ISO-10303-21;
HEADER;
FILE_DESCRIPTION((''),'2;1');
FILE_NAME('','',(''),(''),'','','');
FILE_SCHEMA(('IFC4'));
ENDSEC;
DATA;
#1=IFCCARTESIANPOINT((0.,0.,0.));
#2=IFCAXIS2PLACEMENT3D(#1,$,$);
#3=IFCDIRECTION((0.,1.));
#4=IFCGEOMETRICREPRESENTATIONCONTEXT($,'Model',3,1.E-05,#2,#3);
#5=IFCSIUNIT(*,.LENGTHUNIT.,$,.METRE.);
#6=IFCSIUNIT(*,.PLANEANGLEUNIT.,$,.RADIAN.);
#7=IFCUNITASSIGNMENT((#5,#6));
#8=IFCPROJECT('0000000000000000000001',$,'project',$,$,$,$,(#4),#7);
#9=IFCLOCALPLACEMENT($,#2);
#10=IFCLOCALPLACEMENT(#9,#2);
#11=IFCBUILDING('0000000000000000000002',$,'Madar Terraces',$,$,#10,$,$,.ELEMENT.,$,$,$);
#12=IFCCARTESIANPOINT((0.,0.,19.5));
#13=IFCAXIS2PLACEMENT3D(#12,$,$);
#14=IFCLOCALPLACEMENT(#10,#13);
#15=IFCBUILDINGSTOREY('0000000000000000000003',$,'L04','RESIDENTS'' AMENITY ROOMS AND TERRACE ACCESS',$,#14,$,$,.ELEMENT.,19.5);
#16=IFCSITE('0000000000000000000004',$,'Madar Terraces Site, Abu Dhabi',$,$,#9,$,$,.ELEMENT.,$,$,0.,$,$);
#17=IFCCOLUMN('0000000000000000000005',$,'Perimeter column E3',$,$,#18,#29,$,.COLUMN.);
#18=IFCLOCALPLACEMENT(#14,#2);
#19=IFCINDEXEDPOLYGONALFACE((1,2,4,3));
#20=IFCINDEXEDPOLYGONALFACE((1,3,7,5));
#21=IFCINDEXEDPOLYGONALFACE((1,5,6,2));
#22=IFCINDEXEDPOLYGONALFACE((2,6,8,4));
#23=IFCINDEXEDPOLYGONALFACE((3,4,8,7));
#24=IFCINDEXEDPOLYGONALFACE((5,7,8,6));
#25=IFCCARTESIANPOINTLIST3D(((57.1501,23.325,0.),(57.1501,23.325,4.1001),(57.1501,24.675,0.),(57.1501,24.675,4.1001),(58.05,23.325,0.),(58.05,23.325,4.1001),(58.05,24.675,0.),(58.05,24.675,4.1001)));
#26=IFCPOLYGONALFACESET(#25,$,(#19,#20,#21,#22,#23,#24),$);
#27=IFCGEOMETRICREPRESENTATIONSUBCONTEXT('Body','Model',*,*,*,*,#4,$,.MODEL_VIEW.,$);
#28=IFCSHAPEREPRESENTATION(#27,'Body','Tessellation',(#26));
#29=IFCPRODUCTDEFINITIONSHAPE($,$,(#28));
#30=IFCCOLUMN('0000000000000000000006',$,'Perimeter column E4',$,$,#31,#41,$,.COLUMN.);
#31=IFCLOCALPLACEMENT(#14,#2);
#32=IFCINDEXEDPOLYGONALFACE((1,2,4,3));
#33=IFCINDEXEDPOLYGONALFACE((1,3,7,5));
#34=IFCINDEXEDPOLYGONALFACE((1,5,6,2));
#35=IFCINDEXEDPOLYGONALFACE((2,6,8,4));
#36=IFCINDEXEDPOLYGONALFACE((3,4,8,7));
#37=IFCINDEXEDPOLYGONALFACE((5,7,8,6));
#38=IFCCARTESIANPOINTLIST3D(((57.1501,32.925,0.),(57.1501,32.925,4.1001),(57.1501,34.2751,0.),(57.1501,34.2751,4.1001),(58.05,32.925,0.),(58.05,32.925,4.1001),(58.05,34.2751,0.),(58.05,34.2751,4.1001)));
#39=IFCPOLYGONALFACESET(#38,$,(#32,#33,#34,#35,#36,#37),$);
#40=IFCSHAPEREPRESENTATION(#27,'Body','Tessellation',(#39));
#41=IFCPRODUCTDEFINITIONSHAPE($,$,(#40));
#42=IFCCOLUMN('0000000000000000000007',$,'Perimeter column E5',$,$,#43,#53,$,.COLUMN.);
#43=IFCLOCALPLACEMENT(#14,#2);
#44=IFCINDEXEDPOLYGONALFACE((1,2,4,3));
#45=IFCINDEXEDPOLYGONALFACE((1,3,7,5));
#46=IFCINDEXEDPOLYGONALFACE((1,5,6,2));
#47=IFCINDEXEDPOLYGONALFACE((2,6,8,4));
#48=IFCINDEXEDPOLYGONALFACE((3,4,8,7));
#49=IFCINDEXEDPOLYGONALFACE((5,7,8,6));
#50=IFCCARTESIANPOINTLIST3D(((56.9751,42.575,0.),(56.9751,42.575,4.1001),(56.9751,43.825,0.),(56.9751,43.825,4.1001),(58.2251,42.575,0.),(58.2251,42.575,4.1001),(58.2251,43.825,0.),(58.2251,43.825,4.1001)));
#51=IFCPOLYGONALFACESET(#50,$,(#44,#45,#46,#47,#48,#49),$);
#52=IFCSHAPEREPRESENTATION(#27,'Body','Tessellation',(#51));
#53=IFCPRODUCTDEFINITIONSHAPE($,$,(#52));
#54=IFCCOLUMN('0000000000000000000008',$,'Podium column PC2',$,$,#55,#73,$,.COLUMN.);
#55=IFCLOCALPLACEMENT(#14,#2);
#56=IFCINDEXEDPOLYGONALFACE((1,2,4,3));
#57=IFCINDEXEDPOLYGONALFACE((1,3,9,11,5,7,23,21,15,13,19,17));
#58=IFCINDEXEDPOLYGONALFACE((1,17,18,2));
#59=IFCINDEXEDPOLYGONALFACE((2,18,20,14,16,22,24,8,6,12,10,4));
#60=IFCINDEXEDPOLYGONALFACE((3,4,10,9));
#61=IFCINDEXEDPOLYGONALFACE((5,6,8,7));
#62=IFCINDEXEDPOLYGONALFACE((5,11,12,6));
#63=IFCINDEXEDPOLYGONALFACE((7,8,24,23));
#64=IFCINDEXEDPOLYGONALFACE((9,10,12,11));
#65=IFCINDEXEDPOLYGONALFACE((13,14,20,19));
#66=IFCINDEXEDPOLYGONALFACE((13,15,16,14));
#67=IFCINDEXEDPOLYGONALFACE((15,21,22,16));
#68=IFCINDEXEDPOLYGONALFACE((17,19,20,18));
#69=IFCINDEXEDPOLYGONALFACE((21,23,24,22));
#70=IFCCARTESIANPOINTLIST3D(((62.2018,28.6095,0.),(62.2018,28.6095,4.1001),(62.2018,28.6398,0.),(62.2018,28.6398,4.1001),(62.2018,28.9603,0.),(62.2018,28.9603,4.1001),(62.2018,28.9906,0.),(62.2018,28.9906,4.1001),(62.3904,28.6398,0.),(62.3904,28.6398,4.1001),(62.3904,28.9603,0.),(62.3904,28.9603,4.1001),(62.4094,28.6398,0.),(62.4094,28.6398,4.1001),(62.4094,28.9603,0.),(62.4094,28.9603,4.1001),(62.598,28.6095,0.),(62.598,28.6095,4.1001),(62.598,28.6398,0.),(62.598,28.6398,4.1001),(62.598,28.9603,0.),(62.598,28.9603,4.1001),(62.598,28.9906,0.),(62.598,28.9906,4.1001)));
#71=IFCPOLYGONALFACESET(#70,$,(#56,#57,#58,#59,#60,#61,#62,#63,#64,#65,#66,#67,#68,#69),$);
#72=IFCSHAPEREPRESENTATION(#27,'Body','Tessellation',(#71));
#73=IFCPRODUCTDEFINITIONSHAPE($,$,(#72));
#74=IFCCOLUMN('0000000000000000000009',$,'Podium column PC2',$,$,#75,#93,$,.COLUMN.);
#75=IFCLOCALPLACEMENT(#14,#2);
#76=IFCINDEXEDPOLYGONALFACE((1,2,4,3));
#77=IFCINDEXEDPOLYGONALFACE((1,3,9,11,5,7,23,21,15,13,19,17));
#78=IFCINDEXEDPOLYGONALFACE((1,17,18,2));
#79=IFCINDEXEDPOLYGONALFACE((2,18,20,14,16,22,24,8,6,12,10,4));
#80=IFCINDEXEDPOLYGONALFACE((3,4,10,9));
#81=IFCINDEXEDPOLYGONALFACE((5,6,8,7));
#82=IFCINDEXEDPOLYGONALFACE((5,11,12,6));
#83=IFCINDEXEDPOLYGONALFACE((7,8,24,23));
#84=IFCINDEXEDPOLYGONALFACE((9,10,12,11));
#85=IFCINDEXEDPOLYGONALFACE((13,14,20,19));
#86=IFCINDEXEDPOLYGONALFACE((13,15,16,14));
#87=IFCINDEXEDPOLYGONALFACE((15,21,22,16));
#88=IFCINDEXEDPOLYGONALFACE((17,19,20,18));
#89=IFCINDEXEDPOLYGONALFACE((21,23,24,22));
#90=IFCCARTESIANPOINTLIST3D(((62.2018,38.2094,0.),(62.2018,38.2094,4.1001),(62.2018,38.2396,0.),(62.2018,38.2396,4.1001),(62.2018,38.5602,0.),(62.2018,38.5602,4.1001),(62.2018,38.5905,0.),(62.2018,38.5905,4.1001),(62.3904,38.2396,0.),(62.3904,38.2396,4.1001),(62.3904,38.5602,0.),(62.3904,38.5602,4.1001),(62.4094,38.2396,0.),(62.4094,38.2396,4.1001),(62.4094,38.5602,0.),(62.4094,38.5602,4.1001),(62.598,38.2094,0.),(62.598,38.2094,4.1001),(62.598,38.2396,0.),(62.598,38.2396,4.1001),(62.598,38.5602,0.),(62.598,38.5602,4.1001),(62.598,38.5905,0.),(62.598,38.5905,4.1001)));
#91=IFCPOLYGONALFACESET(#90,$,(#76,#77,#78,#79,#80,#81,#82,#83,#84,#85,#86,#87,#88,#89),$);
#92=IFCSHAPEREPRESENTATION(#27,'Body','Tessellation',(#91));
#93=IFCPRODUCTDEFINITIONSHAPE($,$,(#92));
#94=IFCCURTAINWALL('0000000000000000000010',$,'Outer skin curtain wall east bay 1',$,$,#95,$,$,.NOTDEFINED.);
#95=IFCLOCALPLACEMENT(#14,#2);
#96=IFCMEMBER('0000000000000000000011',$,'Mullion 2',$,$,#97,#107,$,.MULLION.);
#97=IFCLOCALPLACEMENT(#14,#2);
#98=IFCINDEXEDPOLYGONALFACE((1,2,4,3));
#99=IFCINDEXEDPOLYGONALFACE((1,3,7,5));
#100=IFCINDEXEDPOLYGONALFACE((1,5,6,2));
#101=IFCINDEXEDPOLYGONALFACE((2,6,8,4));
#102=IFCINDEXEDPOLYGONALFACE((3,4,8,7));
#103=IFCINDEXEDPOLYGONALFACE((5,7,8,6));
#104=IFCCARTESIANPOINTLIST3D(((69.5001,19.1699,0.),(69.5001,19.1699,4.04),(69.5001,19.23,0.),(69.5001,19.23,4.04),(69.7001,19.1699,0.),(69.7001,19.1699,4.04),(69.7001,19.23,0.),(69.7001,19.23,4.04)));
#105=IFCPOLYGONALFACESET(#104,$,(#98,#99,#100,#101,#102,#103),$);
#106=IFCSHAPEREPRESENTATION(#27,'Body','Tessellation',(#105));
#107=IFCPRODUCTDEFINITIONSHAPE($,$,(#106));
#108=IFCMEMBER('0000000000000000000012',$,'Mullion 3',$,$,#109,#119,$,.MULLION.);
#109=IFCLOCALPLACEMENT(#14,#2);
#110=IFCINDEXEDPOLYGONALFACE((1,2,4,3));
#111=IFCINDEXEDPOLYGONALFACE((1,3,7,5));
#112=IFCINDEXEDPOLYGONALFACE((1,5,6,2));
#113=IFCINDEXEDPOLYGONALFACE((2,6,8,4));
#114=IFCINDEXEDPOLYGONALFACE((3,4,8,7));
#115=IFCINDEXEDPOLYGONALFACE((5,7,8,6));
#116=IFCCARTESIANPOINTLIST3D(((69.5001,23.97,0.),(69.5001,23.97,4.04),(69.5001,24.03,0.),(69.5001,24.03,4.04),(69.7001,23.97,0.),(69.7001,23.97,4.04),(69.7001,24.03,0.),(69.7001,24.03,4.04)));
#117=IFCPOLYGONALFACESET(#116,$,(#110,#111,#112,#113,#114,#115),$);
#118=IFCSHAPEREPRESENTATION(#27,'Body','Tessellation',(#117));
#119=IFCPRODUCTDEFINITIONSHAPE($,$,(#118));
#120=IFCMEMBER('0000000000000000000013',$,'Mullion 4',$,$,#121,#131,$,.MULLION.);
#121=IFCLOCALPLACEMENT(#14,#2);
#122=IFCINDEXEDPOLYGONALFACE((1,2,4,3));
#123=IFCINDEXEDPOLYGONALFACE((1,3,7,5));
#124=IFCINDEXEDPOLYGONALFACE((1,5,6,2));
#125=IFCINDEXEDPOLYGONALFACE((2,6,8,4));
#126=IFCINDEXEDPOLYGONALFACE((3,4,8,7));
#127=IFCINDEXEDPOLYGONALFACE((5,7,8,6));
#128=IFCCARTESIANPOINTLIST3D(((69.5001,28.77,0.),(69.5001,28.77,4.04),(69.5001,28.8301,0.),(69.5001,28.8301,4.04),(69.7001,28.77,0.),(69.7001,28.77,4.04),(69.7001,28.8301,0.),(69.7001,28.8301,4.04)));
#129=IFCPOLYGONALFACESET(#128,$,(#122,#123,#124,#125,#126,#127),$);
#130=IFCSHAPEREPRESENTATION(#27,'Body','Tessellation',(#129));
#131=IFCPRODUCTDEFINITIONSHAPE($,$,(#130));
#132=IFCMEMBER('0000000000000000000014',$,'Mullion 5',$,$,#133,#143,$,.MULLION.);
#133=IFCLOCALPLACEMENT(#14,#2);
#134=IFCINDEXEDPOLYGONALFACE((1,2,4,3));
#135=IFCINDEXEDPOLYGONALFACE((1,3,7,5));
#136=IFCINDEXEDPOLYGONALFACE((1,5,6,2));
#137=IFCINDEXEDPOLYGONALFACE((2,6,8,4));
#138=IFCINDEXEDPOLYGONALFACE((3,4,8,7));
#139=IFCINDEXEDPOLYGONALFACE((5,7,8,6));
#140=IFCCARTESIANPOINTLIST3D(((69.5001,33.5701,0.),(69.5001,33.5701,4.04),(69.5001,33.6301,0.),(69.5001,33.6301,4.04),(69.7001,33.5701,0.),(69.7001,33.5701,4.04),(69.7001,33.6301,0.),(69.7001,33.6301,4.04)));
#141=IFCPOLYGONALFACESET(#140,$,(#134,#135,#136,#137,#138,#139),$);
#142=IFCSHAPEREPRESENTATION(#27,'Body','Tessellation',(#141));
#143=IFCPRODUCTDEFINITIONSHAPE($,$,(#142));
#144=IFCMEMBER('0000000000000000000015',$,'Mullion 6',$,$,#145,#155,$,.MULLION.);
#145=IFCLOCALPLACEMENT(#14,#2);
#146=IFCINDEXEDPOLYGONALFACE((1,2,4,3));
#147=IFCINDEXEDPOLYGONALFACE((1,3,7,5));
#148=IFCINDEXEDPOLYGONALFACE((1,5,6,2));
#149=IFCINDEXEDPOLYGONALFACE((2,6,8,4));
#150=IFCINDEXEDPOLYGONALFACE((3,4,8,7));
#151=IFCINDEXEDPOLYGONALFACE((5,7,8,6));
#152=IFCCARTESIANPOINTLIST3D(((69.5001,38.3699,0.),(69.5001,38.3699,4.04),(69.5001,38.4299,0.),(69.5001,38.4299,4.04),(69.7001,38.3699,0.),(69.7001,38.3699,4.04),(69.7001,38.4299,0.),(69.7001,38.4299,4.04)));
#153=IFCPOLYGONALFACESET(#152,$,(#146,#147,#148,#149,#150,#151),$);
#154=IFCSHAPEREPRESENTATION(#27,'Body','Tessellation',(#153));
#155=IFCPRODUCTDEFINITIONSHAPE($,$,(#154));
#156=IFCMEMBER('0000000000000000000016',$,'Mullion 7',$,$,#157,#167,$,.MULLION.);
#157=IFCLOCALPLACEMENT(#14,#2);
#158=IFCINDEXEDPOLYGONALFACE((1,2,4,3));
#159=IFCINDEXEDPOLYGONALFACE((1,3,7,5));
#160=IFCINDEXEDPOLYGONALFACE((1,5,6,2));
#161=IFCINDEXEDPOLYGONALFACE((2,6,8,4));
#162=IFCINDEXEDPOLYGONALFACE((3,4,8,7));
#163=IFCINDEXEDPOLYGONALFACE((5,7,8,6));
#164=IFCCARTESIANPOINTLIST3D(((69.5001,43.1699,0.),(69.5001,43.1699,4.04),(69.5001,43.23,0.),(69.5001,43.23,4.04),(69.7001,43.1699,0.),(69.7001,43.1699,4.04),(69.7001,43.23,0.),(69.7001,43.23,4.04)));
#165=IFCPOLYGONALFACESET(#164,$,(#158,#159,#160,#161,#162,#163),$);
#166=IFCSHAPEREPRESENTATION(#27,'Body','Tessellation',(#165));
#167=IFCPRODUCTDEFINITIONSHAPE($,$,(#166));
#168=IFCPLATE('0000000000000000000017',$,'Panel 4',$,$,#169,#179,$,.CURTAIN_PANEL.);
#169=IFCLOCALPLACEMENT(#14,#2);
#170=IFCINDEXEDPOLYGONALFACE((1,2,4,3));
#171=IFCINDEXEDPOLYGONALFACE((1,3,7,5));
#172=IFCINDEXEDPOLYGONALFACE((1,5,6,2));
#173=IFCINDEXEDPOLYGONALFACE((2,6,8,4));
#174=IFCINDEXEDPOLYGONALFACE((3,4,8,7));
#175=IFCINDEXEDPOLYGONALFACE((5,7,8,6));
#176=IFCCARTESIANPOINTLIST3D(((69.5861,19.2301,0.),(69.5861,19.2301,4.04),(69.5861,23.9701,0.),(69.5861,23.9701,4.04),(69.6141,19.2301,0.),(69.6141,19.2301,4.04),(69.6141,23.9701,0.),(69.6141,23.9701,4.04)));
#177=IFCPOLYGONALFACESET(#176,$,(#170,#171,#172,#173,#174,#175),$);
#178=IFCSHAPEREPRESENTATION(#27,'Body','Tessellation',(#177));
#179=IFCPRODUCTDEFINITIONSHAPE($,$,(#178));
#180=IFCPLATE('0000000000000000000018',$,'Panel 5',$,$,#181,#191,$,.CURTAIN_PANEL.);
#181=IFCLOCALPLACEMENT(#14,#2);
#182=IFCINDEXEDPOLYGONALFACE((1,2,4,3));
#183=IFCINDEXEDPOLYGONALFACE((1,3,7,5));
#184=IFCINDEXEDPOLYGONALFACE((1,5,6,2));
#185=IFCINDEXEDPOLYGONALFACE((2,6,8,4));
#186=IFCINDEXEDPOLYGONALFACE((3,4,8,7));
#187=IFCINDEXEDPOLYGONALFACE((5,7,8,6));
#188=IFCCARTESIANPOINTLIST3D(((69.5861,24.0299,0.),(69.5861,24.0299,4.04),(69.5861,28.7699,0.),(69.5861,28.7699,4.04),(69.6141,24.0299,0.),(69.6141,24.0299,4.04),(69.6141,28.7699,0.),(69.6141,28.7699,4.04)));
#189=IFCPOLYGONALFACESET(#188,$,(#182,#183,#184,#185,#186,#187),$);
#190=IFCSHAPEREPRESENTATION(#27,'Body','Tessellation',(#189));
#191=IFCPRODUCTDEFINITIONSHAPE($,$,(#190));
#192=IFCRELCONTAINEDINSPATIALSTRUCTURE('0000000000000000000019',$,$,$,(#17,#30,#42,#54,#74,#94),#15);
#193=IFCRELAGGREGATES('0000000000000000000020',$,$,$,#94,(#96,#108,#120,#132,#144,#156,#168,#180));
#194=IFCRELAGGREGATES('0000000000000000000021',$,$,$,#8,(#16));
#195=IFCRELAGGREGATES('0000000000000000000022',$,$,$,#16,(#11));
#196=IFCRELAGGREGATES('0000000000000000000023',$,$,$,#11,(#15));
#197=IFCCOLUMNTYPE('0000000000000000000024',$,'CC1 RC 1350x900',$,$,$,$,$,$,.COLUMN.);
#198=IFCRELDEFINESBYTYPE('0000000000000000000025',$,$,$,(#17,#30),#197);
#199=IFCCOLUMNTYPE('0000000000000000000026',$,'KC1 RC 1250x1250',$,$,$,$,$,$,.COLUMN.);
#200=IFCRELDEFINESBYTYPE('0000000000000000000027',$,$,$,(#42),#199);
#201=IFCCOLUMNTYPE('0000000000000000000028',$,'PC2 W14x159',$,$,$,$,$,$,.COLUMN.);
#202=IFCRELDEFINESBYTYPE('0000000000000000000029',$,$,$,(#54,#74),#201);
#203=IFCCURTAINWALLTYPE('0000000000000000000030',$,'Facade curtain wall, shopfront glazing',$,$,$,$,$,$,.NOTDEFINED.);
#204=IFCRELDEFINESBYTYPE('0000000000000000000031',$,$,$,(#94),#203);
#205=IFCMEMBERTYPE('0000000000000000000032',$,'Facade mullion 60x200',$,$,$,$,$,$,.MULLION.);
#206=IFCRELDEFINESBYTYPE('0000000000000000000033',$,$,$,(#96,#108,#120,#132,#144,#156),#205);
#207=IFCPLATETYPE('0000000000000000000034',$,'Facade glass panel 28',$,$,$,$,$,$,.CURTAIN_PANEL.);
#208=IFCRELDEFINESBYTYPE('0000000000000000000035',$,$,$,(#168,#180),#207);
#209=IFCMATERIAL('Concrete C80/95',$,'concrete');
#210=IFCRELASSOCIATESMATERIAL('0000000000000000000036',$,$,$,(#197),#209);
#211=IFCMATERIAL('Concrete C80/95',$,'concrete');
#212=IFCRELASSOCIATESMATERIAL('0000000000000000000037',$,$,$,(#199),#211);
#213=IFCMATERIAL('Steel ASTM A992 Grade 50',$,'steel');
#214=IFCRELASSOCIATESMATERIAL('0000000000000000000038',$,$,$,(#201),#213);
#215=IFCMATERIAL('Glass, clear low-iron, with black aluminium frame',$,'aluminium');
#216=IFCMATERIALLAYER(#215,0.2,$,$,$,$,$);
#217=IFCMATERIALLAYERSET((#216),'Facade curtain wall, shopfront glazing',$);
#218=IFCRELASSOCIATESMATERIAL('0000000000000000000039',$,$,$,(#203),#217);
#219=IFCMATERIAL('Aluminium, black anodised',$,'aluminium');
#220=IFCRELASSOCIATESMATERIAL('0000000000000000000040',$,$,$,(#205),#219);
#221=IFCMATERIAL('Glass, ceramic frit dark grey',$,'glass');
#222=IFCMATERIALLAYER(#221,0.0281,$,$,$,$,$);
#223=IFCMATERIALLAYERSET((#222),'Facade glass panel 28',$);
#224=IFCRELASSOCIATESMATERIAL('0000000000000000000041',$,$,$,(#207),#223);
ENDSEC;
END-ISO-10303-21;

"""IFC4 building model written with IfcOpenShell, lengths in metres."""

from ifc_helpers import new_model, si_unit, direction, frame, origin, origin_2d, place, context, subcontext, project, spatial, rectangle, i_section, extrude, material, layer, layer_set, material_profile, profile_set, type_object, element, aggregate, save


model = new_model("IFC4")

# Units and contexts
model_context = context("Model", 3, precision=1e-05, world=origin(), true_north=direction((0.0, 1.0)))
body_context = subcontext(model_context, "Body", "Model", "MODEL_VIEW")
ifc_project = project(units=[si_unit("LENGTHUNIT", "METRE"), si_unit("PLANEANGLEUNIT", "RADIAN")], contexts=[model_context])

# Site, building, storey
site_placement = place(None, origin())
site = spatial("IfcSite", under=ifc_project, at=site_placement, Name="Madar Terraces Site, Abu Dhabi", CompositionType="ELEMENT", RefElevation=0.0)
building_placement = place(site_placement, origin())
building = spatial("IfcBuilding", under=site, at=building_placement, Name="Madar Terraces", CompositionType="ELEMENT")
storey_placement = place(building_placement, frame((0.0, 0.0, 19.5)))
storey = spatial("IfcBuildingStorey", under=building, at=storey_placement, Name="L04", Description="RESIDENTS' AMENITY ROOMS AND TERRACE ACCESS", CompositionType="ELEMENT", Elevation=19.5)

# Columns
ifc_material_1 = material(Name="Concrete C80/95", Category="concrete")
ifc_material_profile_1 = material_profile(ifc_material_1, rectangle(XDim=1.3501, YDim=0.8999, at=origin_2d()), Name="CC1 RC 1350x900")
ifc_profile_set_1 = profile_set([ifc_material_profile_1], Name="Concrete C80/95")
column_type_1 = type_object("IfcColumnType", Name="CC1 RC 1350x900", PredefinedType="COLUMN", material=ifc_profile_set_1)
for number, where, z_axis, x_axis, name in (
    (1, (57.6001, 24.0, 0.0), (0.0, 0.0, 1.0), (0.0, 1.0, 0.0), "Perimeter column E3"),
    (2, (57.6001, 33.6001, 0.0), (0.0, 0.0, 1.0), (0.0, 1.0, 0.0), "Perimeter column E4"),
):
    element("IfcColumn", number, at=place(storey_placement, frame(where, z_axis=z_axis, x_axis=x_axis)), inside=storey, type_object=column_type_1, Name=name, PredefinedType="COLUMN", context=body_context, shape_type="SweptSolid", body=[
        extrude(rectangle(XDim=1.3501, YDim=0.8999, at=origin_2d()), origin(), (0.0, 0.0, 1.0), 4.1001),
    ])
ifc_material_2 = material(Name="Concrete C80/95", Category="concrete")
ifc_material_profile_2 = material_profile(ifc_material_2, rectangle(XDim=1.25, YDim=1.25, at=origin_2d()), Name="KC1 RC 1250x1250")
ifc_profile_set_2 = profile_set([ifc_material_profile_2], Name="Concrete C80/95")
column_type_2 = type_object("IfcColumnType", Name="KC1 RC 1250x1250", PredefinedType="COLUMN", material=ifc_profile_set_2)
column_placement = place(storey_placement, frame((57.6001, 43.2, 0.0), z_axis=(0.0, 0.0, 1.0), x_axis=(1.0, 0.0, 0.0)))
element("IfcColumn", 3, at=column_placement, inside=storey, type_object=column_type_2, Name="Perimeter column E5", PredefinedType="COLUMN", context=body_context, shape_type="SweptSolid", body=[
    extrude(rectangle(XDim=1.25, YDim=1.25, at=origin_2d()), origin(), (0.0, 0.0, 1.0), 4.1001),
])
ifc_material_3 = material(Name="Steel ASTM A992 Grade 50", Category="steel")
ifc_material_profile_3 = material_profile(ifc_material_3, i_section(OverallWidth=0.3962, OverallDepth=0.3811, WebThickness=0.019, FlangeThickness=0.0303, at=origin_2d()), Name="W14x159")
ifc_profile_set_3 = profile_set([ifc_material_profile_3], Name="Steel ASTM A992 Grade 50")
column_type_3 = type_object("IfcColumnType", Name="PC2 W14x159", PredefinedType="COLUMN", material=ifc_profile_set_3)
for number, where, z_axis, x_axis, name in (
    (4, (62.3999, 28.8, 0.0), (0.0, 0.0, 1.0), (1.0, 0.0, 0.0), "Podium column PC2"),
    (5, (62.3999, 38.3999, 0.0), (0.0, 0.0, 1.0), (1.0, 0.0, 0.0), "Podium column PC2"),
):
    element("IfcColumn", number, at=place(storey_placement, frame(where, z_axis=z_axis, x_axis=x_axis)), inside=storey, type_object=column_type_3, Name=name, PredefinedType="COLUMN", context=body_context, shape_type="SweptSolid", body=[
        extrude(i_section(OverallWidth=0.3962, OverallDepth=0.3811, WebThickness=0.019, FlangeThickness=0.0303, at=origin_2d()), origin(), (0.0, 0.0, 1.0), 4.1001),
    ])

# Curtain wall, members, plates
ifc_material_4 = material(Name="Glass, clear low-iron, with black aluminium frame", Category="aluminium")
ifc_layer_1 = layer(ifc_material_4, 0.2)
ifc_layer_set_1 = layer_set([ifc_layer_1], Name="Facade curtain wall, shopfront glazing")
curtain_wall_type = type_object("IfcCurtainWallType", Name="Facade curtain wall, shopfront glazing", PredefinedType="NOTDEFINED", material=ifc_layer_set_1)
curtain_wall_placement = place(storey_placement, origin())
curtain_wall = element("IfcCurtainWall", 6, at=curtain_wall_placement, inside=storey, type_object=curtain_wall_type, Name="Outer skin curtain wall east bay 1", PredefinedType="NOTDEFINED")
ifc_material_5 = material(Name="Aluminium, black anodised", Category="aluminium")
ifc_material_profile_4 = material_profile(ifc_material_5, rectangle(XDim=0.2, YDim=0.0601, at=origin_2d()), Name="Facade mullion 60x200")
ifc_profile_set_4 = profile_set([ifc_material_profile_4], Name="Aluminium, black anodised")
member_type = type_object("IfcMemberType", Name="Facade mullion 60x200", PredefinedType="MULLION", material=ifc_profile_set_4)
member_1_placement = place(storey_placement, frame((69.6001, 19.2, 0.0), z_axis=(0.0, 0.0, 1.0), x_axis=(-1.0, 0.0, 0.0)))
member_1 = element("IfcMember", 7, at=member_1_placement, type_object=member_type, Name="Mullion 2", PredefinedType="MULLION", context=body_context, shape_type="SweptSolid", body=[
    extrude(rectangle(XDim=0.2, YDim=0.0601, at=origin_2d()), origin(), (0.0, 0.0, 1.0), 4.04),
])
member_2_placement = place(storey_placement, frame((69.6001, 24.0, 0.0), z_axis=(0.0, 0.0, 1.0), x_axis=(-1.0, 0.0, 0.0)))
member_2 = element("IfcMember", 8, at=member_2_placement, type_object=member_type, Name="Mullion 3", PredefinedType="MULLION", context=body_context, shape_type="SweptSolid", body=[
    extrude(rectangle(XDim=0.2, YDim=0.0601, at=origin_2d()), origin(), (0.0, 0.0, 1.0), 4.04),
])
member_3_placement = place(storey_placement, frame((69.6001, 28.8, 0.0), z_axis=(0.0, 0.0, 1.0), x_axis=(-1.0, 0.0, 0.0)))
member_3 = element("IfcMember", 9, at=member_3_placement, type_object=member_type, Name="Mullion 4", PredefinedType="MULLION", context=body_context, shape_type="SweptSolid", body=[
    extrude(rectangle(XDim=0.2, YDim=0.0601, at=origin_2d()), origin(), (0.0, 0.0, 1.0), 4.04),
])
member_4_placement = place(storey_placement, frame((69.6001, 33.6001, 0.0), z_axis=(0.0, 0.0, 1.0), x_axis=(-1.0, 0.0, 0.0)))
member_4 = element("IfcMember", 10, at=member_4_placement, type_object=member_type, Name="Mullion 5", PredefinedType="MULLION", context=body_context, shape_type="SweptSolid", body=[
    extrude(rectangle(XDim=0.2, YDim=0.0601, at=origin_2d()), origin(), (0.0, 0.0, 1.0), 4.04),
])
member_5_placement = place(storey_placement, frame((69.6001, 38.3999, 0.0), z_axis=(0.0, 0.0, 1.0), x_axis=(-1.0, 0.0, 0.0)))
member_5 = element("IfcMember", 11, at=member_5_placement, type_object=member_type, Name="Mullion 6", PredefinedType="MULLION", context=body_context, shape_type="SweptSolid", body=[
    extrude(rectangle(XDim=0.2, YDim=0.0601, at=origin_2d()), origin(), (0.0, 0.0, 1.0), 4.04),
])
member_6_placement = place(storey_placement, frame((69.6001, 43.2, 0.0), z_axis=(0.0, 0.0, 1.0), x_axis=(-1.0, 0.0, 0.0)))
member_6 = element("IfcMember", 12, at=member_6_placement, type_object=member_type, Name="Mullion 7", PredefinedType="MULLION", context=body_context, shape_type="SweptSolid", body=[
    extrude(rectangle(XDim=0.2, YDim=0.0601, at=origin_2d()), origin(), (0.0, 0.0, 1.0), 4.04),
])
ifc_material_6 = material(Name="Glass, ceramic frit dark grey", Category="glass")
ifc_layer_2 = layer(ifc_material_6, 0.0281)
ifc_layer_set_2 = layer_set([ifc_layer_2], Name="Facade glass panel 28")
plate_type = type_object("IfcPlateType", Name="Facade glass panel 28", PredefinedType="CURTAIN_PANEL", material=ifc_layer_set_2)
plate_1_placement = place(storey_placement, frame((69.6001, 21.6001, 0.0), z_axis=(0.0, 0.0, 1.0), x_axis=(0.0, 1.0, 0.0)))
plate_1 = element("IfcPlate", 13, at=plate_1_placement, type_object=plate_type, Name="Panel 4", PredefinedType="CURTAIN_PANEL", context=body_context, shape_type="SweptSolid", body=[
    extrude(rectangle(XDim=4.74, YDim=0.0281, at=origin_2d()), origin(), (0.0, 0.0, 1.0), 4.04),
])
plate_2_placement = place(storey_placement, frame((69.6001, 26.3999, 0.0), z_axis=(0.0, 0.0, 1.0), x_axis=(0.0, 1.0, 0.0)))
plate_2 = element("IfcPlate", 14, at=plate_2_placement, type_object=plate_type, Name="Panel 5", PredefinedType="CURTAIN_PANEL", context=body_context, shape_type="SweptSolid", body=[
    extrude(rectangle(XDim=4.74, YDim=0.0281, at=origin_2d()), origin(), (0.0, 0.0, 1.0), 4.04),
])
aggregate(curtain_wall, [member_1, member_2, member_3, member_4, member_5, member_6, plate_1, plate_2])

save(model, "model.ifc")
